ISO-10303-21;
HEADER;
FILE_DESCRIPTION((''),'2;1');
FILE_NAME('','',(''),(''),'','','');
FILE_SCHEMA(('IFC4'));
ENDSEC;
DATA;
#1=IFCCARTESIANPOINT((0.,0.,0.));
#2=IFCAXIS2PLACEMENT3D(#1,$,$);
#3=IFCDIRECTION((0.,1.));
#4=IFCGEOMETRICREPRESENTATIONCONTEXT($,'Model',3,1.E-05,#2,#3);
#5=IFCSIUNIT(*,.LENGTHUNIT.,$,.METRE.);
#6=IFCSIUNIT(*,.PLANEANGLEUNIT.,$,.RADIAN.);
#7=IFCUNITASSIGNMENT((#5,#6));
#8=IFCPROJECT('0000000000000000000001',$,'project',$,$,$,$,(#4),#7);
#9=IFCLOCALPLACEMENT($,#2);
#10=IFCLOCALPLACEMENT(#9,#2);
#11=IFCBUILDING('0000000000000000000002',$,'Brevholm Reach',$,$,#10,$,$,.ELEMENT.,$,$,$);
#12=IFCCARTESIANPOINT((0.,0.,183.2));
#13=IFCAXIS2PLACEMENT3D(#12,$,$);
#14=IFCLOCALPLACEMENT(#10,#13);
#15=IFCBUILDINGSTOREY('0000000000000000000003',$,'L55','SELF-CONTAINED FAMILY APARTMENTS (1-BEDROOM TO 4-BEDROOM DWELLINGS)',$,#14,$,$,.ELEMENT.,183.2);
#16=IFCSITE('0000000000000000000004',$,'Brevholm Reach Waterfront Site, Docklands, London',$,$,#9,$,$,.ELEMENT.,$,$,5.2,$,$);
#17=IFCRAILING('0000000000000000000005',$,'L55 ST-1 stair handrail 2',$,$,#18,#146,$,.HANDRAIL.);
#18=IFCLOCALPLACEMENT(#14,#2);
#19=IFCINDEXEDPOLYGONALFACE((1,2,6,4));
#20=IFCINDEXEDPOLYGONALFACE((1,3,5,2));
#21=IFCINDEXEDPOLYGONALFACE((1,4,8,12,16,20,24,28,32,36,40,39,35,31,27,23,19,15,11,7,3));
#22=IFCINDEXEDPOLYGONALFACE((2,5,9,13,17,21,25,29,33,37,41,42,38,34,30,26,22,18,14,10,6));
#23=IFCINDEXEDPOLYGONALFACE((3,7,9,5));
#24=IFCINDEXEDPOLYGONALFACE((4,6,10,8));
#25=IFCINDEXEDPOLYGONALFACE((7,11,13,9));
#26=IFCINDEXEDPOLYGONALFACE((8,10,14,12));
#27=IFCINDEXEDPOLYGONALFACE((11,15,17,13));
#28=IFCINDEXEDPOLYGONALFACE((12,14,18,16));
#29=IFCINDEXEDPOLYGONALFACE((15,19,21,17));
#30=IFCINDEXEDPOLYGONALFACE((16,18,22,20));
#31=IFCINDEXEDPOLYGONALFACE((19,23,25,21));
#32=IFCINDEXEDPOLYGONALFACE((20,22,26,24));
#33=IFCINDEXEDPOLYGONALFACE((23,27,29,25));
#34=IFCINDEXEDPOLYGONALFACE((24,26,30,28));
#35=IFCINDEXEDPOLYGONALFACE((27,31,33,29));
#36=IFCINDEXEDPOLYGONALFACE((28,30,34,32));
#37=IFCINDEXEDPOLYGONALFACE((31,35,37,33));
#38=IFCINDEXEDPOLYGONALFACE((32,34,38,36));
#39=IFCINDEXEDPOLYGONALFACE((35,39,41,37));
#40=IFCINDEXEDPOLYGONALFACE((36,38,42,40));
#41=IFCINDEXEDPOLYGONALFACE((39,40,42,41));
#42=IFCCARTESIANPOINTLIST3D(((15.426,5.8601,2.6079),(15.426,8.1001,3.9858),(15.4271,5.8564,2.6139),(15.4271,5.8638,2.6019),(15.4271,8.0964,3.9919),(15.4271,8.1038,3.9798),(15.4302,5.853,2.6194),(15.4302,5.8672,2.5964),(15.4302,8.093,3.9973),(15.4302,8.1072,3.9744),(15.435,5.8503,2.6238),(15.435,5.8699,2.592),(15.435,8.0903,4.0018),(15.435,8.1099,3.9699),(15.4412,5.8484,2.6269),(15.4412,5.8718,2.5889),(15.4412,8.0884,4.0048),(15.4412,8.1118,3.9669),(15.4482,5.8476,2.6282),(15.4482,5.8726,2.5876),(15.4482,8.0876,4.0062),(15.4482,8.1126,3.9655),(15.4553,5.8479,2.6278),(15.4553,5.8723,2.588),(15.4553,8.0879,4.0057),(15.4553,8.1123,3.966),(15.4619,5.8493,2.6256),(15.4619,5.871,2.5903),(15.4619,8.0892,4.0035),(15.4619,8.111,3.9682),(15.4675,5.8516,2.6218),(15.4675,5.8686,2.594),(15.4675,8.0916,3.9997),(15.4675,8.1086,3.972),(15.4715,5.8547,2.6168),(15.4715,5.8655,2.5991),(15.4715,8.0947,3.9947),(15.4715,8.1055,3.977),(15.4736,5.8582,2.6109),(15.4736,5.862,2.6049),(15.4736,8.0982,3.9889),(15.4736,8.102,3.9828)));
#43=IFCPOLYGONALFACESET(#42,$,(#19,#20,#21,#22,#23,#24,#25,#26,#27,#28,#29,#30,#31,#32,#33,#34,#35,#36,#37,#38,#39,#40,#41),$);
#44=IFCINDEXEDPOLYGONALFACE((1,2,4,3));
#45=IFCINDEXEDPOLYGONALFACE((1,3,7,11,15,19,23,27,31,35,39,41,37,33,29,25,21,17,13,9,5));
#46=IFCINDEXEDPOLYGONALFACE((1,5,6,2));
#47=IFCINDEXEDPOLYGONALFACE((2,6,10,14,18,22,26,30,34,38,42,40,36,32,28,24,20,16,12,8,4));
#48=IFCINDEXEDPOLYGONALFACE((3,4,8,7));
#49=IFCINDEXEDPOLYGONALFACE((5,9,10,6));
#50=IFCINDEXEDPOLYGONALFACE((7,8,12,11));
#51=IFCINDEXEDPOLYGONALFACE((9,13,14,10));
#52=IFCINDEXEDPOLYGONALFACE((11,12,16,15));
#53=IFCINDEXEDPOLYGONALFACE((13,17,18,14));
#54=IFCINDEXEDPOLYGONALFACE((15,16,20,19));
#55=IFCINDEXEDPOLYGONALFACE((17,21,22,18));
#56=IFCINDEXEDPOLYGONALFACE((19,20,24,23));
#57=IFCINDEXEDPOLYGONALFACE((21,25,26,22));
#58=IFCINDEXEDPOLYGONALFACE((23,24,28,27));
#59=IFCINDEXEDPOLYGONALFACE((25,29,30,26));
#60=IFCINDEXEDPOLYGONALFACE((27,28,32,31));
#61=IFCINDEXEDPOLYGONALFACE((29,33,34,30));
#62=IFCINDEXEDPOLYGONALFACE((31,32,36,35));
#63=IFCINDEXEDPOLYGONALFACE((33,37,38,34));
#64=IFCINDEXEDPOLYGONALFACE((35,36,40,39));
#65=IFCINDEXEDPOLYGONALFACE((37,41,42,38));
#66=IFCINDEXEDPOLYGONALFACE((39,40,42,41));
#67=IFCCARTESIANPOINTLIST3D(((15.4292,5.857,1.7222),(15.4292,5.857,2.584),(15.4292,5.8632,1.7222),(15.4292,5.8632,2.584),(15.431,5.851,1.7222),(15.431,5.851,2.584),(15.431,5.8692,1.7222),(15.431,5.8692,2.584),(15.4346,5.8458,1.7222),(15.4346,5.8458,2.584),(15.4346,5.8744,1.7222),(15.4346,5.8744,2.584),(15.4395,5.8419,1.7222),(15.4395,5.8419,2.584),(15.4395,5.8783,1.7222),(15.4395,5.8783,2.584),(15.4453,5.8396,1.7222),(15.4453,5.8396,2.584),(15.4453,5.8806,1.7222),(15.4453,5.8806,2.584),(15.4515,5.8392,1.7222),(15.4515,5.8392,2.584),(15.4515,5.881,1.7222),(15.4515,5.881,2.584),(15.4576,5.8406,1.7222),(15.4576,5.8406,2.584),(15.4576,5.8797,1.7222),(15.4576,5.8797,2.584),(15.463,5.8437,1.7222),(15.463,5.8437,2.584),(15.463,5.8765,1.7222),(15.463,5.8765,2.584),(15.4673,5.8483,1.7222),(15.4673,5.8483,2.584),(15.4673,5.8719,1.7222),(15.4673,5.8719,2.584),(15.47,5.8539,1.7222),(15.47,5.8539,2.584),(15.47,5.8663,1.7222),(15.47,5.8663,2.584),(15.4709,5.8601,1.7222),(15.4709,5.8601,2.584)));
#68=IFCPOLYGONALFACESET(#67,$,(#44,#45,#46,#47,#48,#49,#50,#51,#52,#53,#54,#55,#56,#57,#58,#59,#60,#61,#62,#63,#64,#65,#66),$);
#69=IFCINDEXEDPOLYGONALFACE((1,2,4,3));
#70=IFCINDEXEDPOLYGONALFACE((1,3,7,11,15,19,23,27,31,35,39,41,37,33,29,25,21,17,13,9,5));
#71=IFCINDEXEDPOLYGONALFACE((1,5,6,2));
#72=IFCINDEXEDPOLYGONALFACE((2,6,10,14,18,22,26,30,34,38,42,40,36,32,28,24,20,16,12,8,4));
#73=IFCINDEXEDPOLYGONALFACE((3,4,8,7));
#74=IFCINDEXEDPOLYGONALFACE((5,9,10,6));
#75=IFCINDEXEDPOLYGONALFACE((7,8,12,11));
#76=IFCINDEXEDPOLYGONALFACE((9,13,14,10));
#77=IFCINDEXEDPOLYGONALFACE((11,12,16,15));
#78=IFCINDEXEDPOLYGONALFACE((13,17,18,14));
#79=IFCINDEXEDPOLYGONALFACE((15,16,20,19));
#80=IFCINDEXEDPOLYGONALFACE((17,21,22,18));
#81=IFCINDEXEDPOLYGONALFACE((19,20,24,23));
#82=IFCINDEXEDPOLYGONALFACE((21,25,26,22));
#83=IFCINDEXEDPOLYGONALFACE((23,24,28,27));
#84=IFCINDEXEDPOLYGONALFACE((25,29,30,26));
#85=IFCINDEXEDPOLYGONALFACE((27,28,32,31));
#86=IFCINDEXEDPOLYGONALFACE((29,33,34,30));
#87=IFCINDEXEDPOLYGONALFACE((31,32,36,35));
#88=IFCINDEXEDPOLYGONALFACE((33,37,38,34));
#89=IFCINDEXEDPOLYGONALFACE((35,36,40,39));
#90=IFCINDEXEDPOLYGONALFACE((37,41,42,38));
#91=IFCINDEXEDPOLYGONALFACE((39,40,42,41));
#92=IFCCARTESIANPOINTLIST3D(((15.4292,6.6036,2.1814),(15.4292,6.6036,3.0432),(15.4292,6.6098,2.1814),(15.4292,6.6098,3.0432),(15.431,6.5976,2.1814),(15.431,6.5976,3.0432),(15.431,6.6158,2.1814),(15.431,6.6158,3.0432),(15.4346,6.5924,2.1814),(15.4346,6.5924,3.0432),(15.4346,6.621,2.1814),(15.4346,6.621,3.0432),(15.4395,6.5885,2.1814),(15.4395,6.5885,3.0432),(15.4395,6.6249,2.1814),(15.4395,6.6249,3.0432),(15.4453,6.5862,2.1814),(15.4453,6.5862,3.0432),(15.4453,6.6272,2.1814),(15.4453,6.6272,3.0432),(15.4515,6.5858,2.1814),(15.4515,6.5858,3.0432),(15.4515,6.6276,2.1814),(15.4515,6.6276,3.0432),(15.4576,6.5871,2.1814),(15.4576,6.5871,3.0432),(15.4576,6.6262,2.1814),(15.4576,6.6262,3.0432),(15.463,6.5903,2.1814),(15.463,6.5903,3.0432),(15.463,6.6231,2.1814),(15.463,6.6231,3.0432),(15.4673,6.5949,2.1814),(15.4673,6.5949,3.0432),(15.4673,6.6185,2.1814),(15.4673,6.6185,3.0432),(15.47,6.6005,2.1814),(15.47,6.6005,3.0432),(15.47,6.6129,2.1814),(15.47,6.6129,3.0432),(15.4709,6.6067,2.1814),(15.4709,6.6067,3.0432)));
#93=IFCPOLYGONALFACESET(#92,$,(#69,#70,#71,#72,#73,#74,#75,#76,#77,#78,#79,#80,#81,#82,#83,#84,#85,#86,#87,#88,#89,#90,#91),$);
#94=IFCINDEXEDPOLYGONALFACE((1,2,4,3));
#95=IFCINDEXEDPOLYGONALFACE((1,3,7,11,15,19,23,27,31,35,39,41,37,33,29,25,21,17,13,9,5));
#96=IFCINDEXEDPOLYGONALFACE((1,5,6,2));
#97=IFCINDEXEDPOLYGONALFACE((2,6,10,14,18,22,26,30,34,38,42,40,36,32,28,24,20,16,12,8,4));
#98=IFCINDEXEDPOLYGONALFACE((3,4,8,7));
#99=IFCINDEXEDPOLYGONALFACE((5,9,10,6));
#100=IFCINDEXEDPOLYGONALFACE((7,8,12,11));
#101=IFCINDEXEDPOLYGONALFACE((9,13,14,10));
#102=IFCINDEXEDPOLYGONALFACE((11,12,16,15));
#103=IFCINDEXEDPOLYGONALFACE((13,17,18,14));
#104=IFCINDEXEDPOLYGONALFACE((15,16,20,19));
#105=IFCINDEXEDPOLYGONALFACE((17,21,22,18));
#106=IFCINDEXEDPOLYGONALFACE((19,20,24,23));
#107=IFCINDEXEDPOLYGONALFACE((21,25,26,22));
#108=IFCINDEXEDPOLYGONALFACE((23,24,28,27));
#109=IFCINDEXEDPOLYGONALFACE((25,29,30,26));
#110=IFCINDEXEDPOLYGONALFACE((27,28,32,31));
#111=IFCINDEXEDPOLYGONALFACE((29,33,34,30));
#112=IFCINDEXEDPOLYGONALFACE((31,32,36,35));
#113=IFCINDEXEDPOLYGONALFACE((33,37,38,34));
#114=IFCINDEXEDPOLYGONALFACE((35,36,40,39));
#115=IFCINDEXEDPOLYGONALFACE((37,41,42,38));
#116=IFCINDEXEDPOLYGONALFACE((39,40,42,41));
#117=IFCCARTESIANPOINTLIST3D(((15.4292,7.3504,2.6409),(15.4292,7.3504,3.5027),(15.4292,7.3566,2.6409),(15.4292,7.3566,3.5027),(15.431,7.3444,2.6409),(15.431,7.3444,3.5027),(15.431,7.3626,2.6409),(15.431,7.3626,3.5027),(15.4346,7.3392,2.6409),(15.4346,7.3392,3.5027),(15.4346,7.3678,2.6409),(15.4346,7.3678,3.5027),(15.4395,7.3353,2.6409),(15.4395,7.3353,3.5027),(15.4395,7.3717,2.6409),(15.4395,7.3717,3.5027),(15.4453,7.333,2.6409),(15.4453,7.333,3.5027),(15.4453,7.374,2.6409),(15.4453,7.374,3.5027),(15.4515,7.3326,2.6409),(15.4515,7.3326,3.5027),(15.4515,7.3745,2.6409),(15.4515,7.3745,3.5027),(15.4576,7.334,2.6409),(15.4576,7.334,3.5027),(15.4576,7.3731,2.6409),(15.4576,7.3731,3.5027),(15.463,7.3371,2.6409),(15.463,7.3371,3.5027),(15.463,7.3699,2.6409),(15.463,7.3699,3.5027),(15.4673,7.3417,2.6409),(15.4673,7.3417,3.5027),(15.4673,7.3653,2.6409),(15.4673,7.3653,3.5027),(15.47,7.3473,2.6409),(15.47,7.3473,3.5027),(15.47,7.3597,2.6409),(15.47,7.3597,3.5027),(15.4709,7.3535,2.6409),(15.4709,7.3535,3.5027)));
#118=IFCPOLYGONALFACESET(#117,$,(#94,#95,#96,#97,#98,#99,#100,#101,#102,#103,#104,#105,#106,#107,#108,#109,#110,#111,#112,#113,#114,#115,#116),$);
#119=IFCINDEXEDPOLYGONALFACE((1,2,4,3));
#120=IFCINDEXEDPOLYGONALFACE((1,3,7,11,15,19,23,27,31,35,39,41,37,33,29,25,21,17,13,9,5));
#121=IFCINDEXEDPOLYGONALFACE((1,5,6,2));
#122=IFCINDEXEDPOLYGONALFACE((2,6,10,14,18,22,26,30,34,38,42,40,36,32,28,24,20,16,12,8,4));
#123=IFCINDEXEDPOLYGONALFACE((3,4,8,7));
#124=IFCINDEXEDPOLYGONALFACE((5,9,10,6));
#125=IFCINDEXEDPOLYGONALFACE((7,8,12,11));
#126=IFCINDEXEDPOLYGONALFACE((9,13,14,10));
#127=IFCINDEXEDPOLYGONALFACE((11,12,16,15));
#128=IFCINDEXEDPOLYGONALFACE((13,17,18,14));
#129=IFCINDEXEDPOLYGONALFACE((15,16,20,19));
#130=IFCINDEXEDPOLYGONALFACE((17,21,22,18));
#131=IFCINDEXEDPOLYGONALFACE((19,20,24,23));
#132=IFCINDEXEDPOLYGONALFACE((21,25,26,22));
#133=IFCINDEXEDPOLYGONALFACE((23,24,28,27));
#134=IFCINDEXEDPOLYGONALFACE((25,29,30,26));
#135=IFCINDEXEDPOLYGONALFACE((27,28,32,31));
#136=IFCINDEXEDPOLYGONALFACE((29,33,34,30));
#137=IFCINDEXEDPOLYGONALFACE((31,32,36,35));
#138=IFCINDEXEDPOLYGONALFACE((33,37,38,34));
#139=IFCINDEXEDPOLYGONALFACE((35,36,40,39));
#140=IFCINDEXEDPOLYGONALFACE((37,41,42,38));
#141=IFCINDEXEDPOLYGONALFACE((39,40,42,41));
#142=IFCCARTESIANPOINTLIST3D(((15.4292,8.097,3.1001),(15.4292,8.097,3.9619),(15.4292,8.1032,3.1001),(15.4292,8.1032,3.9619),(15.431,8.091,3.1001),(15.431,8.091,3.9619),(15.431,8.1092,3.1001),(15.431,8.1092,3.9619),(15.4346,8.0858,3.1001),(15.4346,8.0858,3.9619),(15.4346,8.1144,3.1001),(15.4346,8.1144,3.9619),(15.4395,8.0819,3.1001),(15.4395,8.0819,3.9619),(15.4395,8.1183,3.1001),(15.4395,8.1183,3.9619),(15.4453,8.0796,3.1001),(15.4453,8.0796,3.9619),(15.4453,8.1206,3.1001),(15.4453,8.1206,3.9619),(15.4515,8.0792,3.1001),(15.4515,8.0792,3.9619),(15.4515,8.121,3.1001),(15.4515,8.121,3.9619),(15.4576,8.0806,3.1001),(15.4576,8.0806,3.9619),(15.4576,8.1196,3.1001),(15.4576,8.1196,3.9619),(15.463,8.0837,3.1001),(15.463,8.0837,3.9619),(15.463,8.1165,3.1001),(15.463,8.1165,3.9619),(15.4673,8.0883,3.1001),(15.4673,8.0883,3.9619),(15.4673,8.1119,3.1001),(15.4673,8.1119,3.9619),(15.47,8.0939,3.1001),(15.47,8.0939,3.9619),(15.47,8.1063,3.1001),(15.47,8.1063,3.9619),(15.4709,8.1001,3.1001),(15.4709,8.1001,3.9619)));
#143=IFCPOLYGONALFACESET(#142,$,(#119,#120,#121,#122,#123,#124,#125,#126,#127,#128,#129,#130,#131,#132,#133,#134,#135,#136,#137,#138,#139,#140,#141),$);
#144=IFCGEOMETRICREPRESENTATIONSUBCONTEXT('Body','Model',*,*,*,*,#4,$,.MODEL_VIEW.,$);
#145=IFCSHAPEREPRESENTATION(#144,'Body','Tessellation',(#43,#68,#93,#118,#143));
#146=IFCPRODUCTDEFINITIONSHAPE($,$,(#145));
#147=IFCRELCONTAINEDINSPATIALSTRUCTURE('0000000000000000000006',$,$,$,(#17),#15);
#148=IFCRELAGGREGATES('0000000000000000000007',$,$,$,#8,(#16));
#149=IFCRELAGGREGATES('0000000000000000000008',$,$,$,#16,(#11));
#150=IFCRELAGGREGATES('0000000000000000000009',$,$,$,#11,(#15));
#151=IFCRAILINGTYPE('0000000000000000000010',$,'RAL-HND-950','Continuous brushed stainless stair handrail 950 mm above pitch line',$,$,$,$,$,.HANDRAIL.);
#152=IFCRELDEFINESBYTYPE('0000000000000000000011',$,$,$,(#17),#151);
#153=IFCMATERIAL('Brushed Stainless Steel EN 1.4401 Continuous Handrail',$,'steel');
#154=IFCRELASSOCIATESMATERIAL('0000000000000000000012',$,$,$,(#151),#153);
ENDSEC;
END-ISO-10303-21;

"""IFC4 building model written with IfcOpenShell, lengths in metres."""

from ifc_helpers import new_model, si_unit, direction, frame, origin, origin_2d, place, context, subcontext, project, spatial, circle, extrude, material, type_object, element, save


model = new_model("IFC4")

# Units and contexts
model_context = context("Model", 3, precision=1e-05, world=origin(), true_north=direction((0.0, 1.0)))
body_context = subcontext(model_context, "Body", "Model", "MODEL_VIEW")
ifc_project = project(units=[si_unit("LENGTHUNIT", "METRE"), si_unit("PLANEANGLEUNIT", "RADIAN")], contexts=[model_context])

# Site, building, storey
site_placement = place(None, origin())
site = spatial("IfcSite", under=ifc_project, at=site_placement, Name="Brevholm Reach Waterfront Site, Docklands, London", CompositionType="ELEMENT", RefElevation=5.2)
building_placement = place(site_placement, origin())
building = spatial("IfcBuilding", under=site, at=building_placement, Name="Brevholm Reach", CompositionType="ELEMENT")
storey_placement = place(building_placement, frame((0.0, 0.0, 183.2)))
storey = spatial("IfcBuildingStorey", under=building, at=storey_placement, Name="L55", Description="SELF-CONTAINED FAMILY APARTMENTS (1-BEDROOM TO 4-BEDROOM DWELLINGS)", CompositionType="ELEMENT", Elevation=183.2)

# Railing
ifc_material_1 = material(Name="Brushed Stainless Steel EN 1.4401 Continuous Handrail", Category="steel")
railing_type_1 = type_object("IfcRailingType", Name="RAL-HND-950", Description="Continuous brushed stainless stair handrail 950 mm above pitch line", PredefinedType="HANDRAIL", material=ifc_material_1)
railing_1_placement = place(storey_placement, frame((15.45, 5.8601, 1.7222)))
element("IfcRailing", 1, at=railing_1_placement, inside=storey, type_object=railing_type_1, Name="L55 ST-1 stair handrail 2", PredefinedType="HANDRAIL", context=body_context, shape_type="SweptSolid", body=[
    extrude(circle(Radius=0.0239, at=origin_2d()), frame((0.0, 0.0, 0.8857), z_axis=(0.0, 0.851748, 0.523952), x_axis=(-1.0, 0.0, 0.0)), (0.0, 0.0, 1.0), 2.6299),
    extrude(circle(Radius=0.021, at=origin_2d()), origin(), (0.0, 0.0, 1.0), 0.8618),
    extrude(circle(Radius=0.021, at=origin_2d()), frame((0.0, 0.7466, 0.4592)), (0.0, 0.0, 1.0), 0.8618),
    extrude(circle(Radius=0.021, at=origin_2d()), frame((0.0, 1.4934, 0.9187)), (0.0, 0.0, 1.0), 0.8618),
    extrude(circle(Radius=0.021, at=origin_2d()), frame((0.0, 2.24, 1.3779)), (0.0, 0.0, 1.0), 0.8618),
])

save(model, "model.ifc")
